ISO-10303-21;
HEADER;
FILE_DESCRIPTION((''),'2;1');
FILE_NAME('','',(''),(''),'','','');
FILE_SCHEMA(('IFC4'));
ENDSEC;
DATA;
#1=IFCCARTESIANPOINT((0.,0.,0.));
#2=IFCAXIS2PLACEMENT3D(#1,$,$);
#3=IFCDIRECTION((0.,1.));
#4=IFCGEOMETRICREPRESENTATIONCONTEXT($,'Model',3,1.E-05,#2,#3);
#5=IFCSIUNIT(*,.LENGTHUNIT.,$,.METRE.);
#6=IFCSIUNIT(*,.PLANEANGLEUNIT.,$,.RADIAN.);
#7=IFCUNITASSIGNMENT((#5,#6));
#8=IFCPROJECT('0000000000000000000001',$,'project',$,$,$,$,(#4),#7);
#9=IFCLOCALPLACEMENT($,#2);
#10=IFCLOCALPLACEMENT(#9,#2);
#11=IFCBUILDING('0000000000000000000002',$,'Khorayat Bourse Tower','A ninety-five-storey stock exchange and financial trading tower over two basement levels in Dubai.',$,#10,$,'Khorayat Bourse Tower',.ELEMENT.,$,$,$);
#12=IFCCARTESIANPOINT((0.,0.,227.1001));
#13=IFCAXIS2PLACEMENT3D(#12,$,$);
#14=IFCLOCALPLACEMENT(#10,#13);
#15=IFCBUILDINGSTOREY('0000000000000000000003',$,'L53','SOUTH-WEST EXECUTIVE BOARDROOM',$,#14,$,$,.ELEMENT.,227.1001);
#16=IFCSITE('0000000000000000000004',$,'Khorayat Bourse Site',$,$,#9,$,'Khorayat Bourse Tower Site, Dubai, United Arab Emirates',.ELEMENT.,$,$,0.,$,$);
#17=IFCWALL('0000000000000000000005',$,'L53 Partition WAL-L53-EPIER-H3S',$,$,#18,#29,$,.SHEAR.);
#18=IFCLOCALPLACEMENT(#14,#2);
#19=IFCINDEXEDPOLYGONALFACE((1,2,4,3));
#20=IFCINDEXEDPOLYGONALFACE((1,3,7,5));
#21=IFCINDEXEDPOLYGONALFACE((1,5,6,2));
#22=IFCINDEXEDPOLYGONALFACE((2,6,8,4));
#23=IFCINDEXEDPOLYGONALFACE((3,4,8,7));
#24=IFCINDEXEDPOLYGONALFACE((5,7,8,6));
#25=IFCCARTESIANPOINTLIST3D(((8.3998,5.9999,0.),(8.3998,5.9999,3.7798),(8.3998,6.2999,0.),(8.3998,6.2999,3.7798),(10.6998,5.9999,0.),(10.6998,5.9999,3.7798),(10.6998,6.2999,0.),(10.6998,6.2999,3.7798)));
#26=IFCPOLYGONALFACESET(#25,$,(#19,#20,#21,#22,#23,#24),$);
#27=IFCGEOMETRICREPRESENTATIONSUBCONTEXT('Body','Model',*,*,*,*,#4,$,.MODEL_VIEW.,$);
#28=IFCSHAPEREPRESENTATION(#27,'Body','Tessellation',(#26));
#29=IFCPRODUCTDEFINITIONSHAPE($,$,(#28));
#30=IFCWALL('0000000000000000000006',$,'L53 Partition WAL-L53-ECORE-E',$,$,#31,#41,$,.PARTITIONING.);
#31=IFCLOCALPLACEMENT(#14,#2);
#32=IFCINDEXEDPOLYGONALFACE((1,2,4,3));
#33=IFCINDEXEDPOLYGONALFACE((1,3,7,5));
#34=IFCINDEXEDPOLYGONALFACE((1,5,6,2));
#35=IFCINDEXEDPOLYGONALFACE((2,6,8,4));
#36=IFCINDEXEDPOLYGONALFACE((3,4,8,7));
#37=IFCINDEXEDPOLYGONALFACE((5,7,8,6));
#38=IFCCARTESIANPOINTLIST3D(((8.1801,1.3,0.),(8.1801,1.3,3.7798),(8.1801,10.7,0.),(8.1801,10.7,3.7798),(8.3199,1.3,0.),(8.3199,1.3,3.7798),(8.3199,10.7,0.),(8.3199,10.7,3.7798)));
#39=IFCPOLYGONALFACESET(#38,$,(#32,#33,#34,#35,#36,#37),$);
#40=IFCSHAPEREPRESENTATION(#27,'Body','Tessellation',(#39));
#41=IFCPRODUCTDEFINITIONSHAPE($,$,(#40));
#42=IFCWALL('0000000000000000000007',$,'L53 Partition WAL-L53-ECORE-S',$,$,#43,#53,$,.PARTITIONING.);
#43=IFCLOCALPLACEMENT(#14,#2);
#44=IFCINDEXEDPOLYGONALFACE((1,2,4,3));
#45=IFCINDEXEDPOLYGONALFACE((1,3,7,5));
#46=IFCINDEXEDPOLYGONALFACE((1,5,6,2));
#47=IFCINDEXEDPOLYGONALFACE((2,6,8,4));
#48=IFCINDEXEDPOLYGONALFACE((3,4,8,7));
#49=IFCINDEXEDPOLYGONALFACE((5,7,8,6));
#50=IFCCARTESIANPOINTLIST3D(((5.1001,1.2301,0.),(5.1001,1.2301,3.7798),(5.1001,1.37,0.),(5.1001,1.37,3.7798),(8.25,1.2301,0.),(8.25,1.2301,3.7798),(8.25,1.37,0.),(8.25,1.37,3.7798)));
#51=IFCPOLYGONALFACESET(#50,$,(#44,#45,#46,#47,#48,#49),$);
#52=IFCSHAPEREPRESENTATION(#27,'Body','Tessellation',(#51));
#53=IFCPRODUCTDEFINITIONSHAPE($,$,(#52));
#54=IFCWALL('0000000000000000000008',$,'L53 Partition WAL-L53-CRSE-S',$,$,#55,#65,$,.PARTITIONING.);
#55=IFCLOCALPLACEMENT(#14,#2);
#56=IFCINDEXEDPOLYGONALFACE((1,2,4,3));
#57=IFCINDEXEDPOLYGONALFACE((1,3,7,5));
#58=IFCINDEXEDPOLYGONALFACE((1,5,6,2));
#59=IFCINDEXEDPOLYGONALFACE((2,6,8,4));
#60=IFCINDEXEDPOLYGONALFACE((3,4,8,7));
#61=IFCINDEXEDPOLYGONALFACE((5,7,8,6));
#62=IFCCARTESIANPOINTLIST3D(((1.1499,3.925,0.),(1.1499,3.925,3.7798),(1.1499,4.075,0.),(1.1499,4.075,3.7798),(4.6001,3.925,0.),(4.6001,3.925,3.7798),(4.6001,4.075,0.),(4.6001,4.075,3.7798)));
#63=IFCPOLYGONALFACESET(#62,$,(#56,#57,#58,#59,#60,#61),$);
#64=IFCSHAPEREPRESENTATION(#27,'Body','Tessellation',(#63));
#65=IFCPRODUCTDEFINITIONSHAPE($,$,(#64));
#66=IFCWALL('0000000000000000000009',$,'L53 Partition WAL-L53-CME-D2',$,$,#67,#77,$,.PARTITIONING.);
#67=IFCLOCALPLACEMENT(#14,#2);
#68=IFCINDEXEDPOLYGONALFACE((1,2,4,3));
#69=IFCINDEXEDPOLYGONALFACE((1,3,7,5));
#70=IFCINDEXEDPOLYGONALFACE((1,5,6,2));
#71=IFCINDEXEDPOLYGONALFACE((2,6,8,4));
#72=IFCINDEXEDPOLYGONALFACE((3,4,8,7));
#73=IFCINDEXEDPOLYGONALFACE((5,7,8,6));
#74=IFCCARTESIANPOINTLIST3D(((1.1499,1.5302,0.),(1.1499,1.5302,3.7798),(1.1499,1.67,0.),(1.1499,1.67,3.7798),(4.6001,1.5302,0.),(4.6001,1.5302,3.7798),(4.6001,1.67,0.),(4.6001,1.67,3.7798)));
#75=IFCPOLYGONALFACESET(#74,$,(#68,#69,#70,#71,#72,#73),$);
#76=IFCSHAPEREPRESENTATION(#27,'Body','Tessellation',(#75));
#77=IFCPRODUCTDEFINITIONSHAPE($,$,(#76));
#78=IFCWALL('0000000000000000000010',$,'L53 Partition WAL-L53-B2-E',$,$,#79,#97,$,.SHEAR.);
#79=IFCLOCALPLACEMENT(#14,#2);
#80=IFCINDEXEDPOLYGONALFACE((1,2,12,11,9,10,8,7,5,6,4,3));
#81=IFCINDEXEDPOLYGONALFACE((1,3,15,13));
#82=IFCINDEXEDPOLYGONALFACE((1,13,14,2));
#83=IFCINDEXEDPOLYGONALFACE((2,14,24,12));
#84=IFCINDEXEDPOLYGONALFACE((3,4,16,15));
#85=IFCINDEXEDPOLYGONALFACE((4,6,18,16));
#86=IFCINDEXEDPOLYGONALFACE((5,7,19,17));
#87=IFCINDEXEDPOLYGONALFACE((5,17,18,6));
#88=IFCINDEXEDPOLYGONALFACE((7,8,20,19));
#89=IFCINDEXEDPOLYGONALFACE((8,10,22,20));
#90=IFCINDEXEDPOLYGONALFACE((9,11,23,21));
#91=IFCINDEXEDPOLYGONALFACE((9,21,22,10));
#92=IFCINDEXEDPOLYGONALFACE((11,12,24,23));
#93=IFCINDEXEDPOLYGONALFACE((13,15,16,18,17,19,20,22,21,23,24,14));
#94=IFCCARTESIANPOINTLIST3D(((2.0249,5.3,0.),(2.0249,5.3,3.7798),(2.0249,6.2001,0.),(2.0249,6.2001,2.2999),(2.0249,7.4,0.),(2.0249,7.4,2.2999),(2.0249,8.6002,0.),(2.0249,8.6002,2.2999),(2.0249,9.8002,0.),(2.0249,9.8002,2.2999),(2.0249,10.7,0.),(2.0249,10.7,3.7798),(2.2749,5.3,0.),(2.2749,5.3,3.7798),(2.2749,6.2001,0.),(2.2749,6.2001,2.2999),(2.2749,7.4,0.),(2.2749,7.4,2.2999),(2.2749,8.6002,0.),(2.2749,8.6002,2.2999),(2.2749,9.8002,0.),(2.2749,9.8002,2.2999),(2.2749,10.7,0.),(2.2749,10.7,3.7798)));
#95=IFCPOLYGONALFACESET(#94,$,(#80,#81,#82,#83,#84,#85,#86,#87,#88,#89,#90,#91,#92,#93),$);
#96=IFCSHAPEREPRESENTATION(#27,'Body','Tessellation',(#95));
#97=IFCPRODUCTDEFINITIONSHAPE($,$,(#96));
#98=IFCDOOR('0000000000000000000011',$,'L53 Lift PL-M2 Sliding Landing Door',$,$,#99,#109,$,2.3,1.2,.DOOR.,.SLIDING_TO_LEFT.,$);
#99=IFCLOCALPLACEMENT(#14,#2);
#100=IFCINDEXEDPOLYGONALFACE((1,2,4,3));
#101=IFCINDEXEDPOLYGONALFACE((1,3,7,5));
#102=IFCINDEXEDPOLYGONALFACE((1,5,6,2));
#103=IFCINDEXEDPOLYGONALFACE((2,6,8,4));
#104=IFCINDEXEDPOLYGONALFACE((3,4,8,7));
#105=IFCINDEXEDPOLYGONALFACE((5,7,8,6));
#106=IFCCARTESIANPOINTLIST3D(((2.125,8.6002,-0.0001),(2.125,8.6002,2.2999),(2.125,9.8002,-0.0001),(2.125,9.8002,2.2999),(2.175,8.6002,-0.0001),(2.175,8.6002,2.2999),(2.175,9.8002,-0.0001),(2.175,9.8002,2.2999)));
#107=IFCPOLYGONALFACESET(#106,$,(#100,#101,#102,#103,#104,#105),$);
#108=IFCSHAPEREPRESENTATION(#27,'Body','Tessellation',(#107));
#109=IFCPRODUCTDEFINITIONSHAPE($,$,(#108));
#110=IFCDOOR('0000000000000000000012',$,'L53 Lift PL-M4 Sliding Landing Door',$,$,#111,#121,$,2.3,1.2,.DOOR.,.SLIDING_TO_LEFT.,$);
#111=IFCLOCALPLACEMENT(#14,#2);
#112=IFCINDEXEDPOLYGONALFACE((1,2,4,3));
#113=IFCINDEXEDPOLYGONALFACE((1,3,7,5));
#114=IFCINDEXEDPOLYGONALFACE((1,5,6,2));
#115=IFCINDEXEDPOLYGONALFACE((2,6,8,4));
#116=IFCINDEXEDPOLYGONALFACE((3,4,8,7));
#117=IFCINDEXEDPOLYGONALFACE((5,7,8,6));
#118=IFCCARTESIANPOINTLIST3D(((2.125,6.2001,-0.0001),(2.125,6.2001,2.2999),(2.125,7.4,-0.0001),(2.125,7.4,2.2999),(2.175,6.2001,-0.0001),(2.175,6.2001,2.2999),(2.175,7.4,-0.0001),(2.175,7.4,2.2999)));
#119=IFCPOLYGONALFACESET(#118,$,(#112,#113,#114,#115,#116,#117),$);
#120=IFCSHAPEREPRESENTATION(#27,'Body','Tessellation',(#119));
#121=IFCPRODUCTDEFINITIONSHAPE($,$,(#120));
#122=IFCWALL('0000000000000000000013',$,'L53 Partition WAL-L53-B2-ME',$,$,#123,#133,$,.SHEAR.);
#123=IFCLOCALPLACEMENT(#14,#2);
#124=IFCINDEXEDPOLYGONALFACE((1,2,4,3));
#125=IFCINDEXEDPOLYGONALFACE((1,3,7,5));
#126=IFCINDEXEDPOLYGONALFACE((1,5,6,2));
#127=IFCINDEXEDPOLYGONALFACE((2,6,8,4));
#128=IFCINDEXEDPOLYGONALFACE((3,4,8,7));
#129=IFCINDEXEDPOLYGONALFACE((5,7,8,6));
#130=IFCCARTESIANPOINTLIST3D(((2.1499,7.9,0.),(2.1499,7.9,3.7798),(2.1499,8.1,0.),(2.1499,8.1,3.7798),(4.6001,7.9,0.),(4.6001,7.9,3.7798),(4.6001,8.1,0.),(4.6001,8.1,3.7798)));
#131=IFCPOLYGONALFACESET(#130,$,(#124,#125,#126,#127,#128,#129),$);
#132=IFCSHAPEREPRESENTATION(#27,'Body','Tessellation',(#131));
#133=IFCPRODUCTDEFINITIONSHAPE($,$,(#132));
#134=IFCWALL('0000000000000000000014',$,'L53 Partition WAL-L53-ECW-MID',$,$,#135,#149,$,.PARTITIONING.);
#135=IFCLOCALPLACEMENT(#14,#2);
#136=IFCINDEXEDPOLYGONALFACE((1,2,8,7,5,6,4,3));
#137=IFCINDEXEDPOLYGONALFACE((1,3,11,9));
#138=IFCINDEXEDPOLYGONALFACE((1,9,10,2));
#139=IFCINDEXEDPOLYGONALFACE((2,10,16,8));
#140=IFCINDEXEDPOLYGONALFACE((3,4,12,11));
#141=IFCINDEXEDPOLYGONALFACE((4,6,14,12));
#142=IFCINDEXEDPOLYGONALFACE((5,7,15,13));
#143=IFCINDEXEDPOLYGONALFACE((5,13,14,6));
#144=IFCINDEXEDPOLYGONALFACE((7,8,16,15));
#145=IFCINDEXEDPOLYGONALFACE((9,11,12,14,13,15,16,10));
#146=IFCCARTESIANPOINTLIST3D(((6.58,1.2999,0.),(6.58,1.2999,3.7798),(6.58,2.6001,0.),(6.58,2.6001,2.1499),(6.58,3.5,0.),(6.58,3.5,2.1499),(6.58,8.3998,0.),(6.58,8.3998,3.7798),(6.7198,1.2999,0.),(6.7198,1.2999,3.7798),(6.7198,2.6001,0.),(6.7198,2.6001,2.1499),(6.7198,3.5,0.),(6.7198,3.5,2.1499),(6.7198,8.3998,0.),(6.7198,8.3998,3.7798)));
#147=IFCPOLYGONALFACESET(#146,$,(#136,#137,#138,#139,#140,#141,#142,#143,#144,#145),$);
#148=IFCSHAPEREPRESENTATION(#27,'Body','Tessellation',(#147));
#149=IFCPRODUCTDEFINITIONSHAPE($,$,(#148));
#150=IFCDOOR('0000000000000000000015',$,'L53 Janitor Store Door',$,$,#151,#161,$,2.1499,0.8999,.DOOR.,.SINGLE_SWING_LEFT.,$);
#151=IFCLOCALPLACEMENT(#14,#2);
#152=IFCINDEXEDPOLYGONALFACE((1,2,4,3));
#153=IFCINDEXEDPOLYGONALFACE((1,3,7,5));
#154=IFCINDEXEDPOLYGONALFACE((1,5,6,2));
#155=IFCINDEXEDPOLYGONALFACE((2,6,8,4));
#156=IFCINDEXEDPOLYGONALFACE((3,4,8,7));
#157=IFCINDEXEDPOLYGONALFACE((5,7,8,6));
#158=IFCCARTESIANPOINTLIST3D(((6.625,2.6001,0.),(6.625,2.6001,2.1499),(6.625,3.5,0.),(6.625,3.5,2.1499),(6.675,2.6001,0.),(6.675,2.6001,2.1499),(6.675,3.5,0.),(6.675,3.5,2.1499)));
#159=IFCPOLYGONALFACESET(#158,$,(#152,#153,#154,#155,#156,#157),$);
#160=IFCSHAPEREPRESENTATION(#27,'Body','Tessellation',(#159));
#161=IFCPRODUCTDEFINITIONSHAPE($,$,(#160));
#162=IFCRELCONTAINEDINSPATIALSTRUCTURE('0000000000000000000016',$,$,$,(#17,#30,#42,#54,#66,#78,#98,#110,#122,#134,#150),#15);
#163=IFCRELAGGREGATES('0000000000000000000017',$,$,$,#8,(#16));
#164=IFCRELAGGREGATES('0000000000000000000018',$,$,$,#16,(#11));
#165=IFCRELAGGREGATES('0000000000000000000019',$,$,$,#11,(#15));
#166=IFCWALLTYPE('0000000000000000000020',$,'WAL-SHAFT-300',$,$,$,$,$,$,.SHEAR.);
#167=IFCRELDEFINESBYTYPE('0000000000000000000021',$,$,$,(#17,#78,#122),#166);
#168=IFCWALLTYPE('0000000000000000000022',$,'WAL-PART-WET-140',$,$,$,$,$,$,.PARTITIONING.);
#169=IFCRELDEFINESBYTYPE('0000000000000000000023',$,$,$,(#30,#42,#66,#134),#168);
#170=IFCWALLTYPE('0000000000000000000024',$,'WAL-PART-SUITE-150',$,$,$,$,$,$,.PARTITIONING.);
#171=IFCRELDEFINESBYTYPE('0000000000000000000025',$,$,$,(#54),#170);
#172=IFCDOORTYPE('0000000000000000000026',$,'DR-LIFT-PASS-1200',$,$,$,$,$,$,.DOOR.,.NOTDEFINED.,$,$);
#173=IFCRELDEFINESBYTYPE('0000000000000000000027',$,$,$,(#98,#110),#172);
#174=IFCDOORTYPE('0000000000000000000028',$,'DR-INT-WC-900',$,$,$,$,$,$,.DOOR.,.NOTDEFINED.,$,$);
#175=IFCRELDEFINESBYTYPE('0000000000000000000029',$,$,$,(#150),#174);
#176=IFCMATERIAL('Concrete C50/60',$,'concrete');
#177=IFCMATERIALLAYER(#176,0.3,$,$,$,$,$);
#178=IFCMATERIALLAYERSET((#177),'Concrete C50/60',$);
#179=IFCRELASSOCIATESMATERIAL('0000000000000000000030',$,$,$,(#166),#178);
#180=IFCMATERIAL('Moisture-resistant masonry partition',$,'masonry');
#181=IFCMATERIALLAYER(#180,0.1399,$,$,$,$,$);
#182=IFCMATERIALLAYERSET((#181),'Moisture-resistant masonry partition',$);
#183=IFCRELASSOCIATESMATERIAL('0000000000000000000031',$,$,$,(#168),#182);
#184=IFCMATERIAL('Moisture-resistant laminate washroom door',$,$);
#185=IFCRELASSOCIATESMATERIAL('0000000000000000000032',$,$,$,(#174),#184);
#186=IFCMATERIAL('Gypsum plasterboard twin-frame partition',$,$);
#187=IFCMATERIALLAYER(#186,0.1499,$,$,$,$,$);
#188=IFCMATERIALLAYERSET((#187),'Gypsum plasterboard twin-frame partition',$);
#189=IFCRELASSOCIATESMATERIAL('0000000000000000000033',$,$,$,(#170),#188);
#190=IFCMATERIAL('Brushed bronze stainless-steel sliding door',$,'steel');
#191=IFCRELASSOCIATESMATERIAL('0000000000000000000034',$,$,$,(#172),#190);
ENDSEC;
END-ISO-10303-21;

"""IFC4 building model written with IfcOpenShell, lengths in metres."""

from ifc_helpers import new_model, si_unit, direction, frame, frame_2d, origin, place, context, subcontext, project, spatial, rectangle, extrude, source, transform, mapped, material, layer, layer_set, type_object, element, fill, save


model = new_model("IFC4")

# Units and contexts
model_context = context("Model", 3, precision=1e-05, world=origin(), true_north=direction((0.0, 1.0)))
body_context = subcontext(model_context, "Body", "Model", "MODEL_VIEW")
ifc_project = project(units=[si_unit("LENGTHUNIT", "METRE"), si_unit("PLANEANGLEUNIT", "RADIAN")], contexts=[model_context])

# Site, building, storey
site_placement = place(None, origin())
site = spatial("IfcSite", under=ifc_project, at=site_placement, Name="Khorayat Bourse Site", LongName="Khorayat Bourse Tower Site, Dubai, United Arab Emirates", CompositionType="ELEMENT", RefElevation=0.0)
building_placement = place(site_placement, origin())
building = spatial("IfcBuilding", under=site, at=building_placement, Name="Khorayat Bourse Tower", Description="A ninety-five-storey stock exchange and financial trading tower over two basement levels in Dubai.", LongName="Khorayat Bourse Tower", CompositionType="ELEMENT")
storey_placement = place(building_placement, frame((0.0, 0.0, 227.1001)))
storey = spatial("IfcBuildingStorey", under=building, at=storey_placement, Name="L53", Description="SOUTH-WEST EXECUTIVE BOARDROOM", CompositionType="ELEMENT", Elevation=227.1001)

# Walls
ifc_material_1 = material(Name="Concrete C50/60", Category="concrete")
ifc_layer_1 = layer(ifc_material_1, 0.3)
ifc_layer_set_1 = layer_set([ifc_layer_1], Name="Concrete C50/60")
wall_type_1 = type_object("IfcWallType", Name="WAL-SHAFT-300", PredefinedType="SHEAR", material=ifc_layer_set_1)
shared_shape_1 = source(origin(), body_context, "Body", "SweptSolid", [
    extrude(rectangle(XDim=2.3, YDim=0.3, at=frame_2d((1.1499, 0.0))), origin(), (0.0, 0.0, 1.0), 3.7798),
])
for number, where, z_axis, x_axis, name in (
    (1, (8.3999, 6.1499, 0.0), (0.0, 0.0, 1.0), (1.0, 0.0, 0.0), "L53 Partition WAL-L53-EPIER-H3S"),
):
    element("IfcWall", number, at=place(storey_placement, frame(where, z_axis=z_axis, x_axis=x_axis)), inside=storey, type_object=wall_type_1, Name=name, PredefinedType="SHEAR", context=body_context, shape_type="MappedRepresentation", body=[
        mapped(shared_shape_1, transform((0.0, 0.0, 0.0), scale=1.0)),
    ])
ifc_material_2 = material(Name="Moisture-resistant masonry partition", Category="masonry")
ifc_layer_2 = layer(ifc_material_2, 0.1399)
ifc_layer_set_2 = layer_set([ifc_layer_2], Name="Moisture-resistant masonry partition")
wall_type_2 = type_object("IfcWallType", Name="WAL-PART-WET-140", PredefinedType="PARTITIONING", material=ifc_layer_set_2)
shared_shape_2 = source(origin(), body_context, "Body", "SweptSolid", [
    extrude(rectangle(XDim=9.3999, YDim=0.1399, at=frame_2d((4.7, 0.0))), origin(), (0.0, 0.0, 1.0), 3.7798),
])
wall_1_placement = place(storey_placement, frame((8.25, 1.3, 0.0), z_axis=(0.0, 0.0, 1.0), x_axis=(0.0, 1.0, 0.0)))
element("IfcWall", 2, at=wall_1_placement, inside=storey, type_object=wall_type_2, Name="L53 Partition WAL-L53-ECORE-E", PredefinedType="PARTITIONING", context=body_context, shape_type="MappedRepresentation", body=[
    mapped(shared_shape_2, transform((0.0, 0.0, 0.0), scale=1.0)),
])
shared_shape_3 = source(origin(), body_context, "Body", "SweptSolid", [
    extrude(rectangle(XDim=3.1499, YDim=0.1399, at=frame_2d((1.575, 0.0))), origin(), (0.0, 0.0, 1.0), 3.7798),
])
wall_2_placement = place(storey_placement, frame((5.1001, 1.3, 0.0), z_axis=(0.0, 0.0, 1.0), x_axis=(1.0, 0.0, 0.0)))
element("IfcWall", 3, at=wall_2_placement, inside=storey, type_object=wall_type_2, Name="L53 Partition WAL-L53-ECORE-S", PredefinedType="PARTITIONING", context=body_context, shape_type="MappedRepresentation", body=[
    mapped(shared_shape_3, transform((0.0, 0.0, 0.0), scale=1.0)),
])

# Shared definitions
shared_shape_4 = source(origin(), body_context, "Body", "SweptSolid", [
    extrude(rectangle(XDim=0.8999, YDim=2.1499, at=frame_2d((0.45, 1.075))), frame((0.0, 0.0798, 0.0), z_axis=(0.0, -1.0, 0.0), x_axis=(1.0, 0.0, 0.0)), (0.0, 0.0, 1.0), 0.1599),
])
ifc_material_3 = material(Name="Moisture-resistant laminate washroom door")
door_type_1 = type_object("IfcDoorType", Name="DR-INT-WC-900", OperationType="NOTDEFINED", PredefinedType="DOOR", material=ifc_material_3)
shared_shape_5 = source(origin(), body_context, "Body", "SweptSolid", [
    extrude(rectangle(XDim=0.8999, YDim=2.1499, at=frame_2d((0.45, 1.075))), frame((0.0, 0.0249, 0.0), z_axis=(0.0, -1.0, 0.0), x_axis=(1.0, 0.0, 0.0)), (0.0, 0.0, 1.0), 0.05),
])

# Walls
ifc_material_4 = material(Name="Gypsum plasterboard twin-frame partition")
ifc_layer_3 = layer(ifc_material_4, 0.1499)
ifc_layer_set_3 = layer_set([ifc_layer_3], Name="Gypsum plasterboard twin-frame partition")
wall_type_3 = type_object("IfcWallType", Name="WAL-PART-SUITE-150", PredefinedType="PARTITIONING", material=ifc_layer_set_3)
shared_shape_6 = source(origin(), body_context, "Body", "SweptSolid", [
    extrude(rectangle(XDim=3.4502, YDim=0.1499, at=frame_2d((1.7251, 0.0))), origin(), (0.0, 0.0, 1.0), 3.7798),
])
wall_3_placement = place(storey_placement, frame((1.1499, 4.0, 0.0), z_axis=(0.0, 0.0, 1.0), x_axis=(1.0, 0.0, 0.0)))
element("IfcWall", 4, at=wall_3_placement, inside=storey, type_object=wall_type_3, Name="L53 Partition WAL-L53-CRSE-S", PredefinedType="PARTITIONING", context=body_context, shape_type="MappedRepresentation", body=[
    mapped(shared_shape_6, transform((0.0, 0.0, 0.0), scale=1.0)),
])
shared_shape_7 = source(origin(), body_context, "Body", "SweptSolid", [
    extrude(rectangle(XDim=3.4502, YDim=0.1399, at=frame_2d((1.7251, 0.0))), origin(), (0.0, 0.0, 1.0), 3.7798),
])
wall_4_placement = place(storey_placement, frame((1.1499, 1.6001, 0.0), z_axis=(0.0, 0.0, 1.0), x_axis=(1.0, 0.0, 0.0)))
element("IfcWall", 5, at=wall_4_placement, inside=storey, type_object=wall_type_2, Name="L53 Partition WAL-L53-CME-D2", PredefinedType="PARTITIONING", context=body_context, shape_type="MappedRepresentation", body=[
    mapped(shared_shape_7, transform((0.0, 0.0, 0.0), scale=1.0)),
])

# Wall, openings, doors
shared_shape_8 = source(origin(), body_context, "Body", "SweptSolid", [
    extrude(rectangle(XDim=5.3999, YDim=0.25, at=frame_2d((2.7, 0.0))), origin(), (0.0, 0.0, 1.0), 3.7798),
])
wall_5_placement = place(storey_placement, frame((2.1499, 5.3, 0.0), z_axis=(0.0, 0.0, 1.0), x_axis=(0.0, 1.0, 0.0)))
wall_5 = element("IfcWall", 6, at=wall_5_placement, inside=storey, type_object=wall_type_1, Name="L53 Partition WAL-L53-B2-E", PredefinedType="SHEAR", context=body_context, shape_type="MappedRepresentation", body=[
    mapped(shared_shape_8, transform((0.0, 0.0, 0.0), scale=1.0)),
])
shared_shape_9 = source(origin(), body_context, "Body", "SweptSolid", [
    extrude(rectangle(XDim=1.2, YDim=2.3, at=frame_2d((0.6001, 1.1499))), frame((0.0, 0.135, 0.0), z_axis=(0.0, -1.0, 0.0), x_axis=(1.0, 0.0, 0.0)), (0.0, 0.0, 1.0), 0.27),
])
opening_1_placement = place(wall_5_placement, frame((3.3, 0.0, 0.0)))
opening_1 = element("IfcOpeningElement", 7, at=opening_1_placement, cuts=wall_5, PredefinedType="OPENING", context=body_context, shape_type="MappedRepresentation", body=[
    mapped(shared_shape_9, transform((0.0, 0.0, 0.0), scale=1.0)),
])
opening_2_placement = place(wall_5_placement, frame((0.8999, 0.0, 0.0)))
opening_2 = element("IfcOpeningElement", 8, at=opening_2_placement, cuts=wall_5, PredefinedType="OPENING", context=body_context, shape_type="MappedRepresentation", body=[
    mapped(shared_shape_9, transform((0.0, 0.0, 0.0), scale=1.0)),
])
ifc_material_5 = material(Name="Brushed bronze stainless-steel sliding door", Category="steel")
door_type_2 = type_object("IfcDoorType", Name="DR-LIFT-PASS-1200", OperationType="NOTDEFINED", PredefinedType="DOOR", material=ifc_material_5)
shared_shape_10 = source(origin(), body_context, "Body", "SweptSolid", [
    extrude(rectangle(XDim=1.2, YDim=2.3, at=frame_2d((0.6001, 1.1499))), frame((0.0, 0.0249, 0.0), z_axis=(0.0, -1.0, 0.0), x_axis=(1.0, 0.0, 0.0)), (0.0, 0.0, 1.0), 0.05),
])
door_1_placement = place(opening_1_placement, origin())
door_1 = element("IfcDoor", 9, at=door_1_placement, inside=storey, type_object=door_type_2, Name="L53 Lift PL-M2 Sliding Landing Door", OperationType="SLIDING_TO_LEFT", OverallHeight=2.3, OverallWidth=1.2, PredefinedType="DOOR", context=body_context, shape_type="MappedRepresentation", body=[
    mapped(shared_shape_10, transform((0.0, 0.0, 0.0), scale=1.0)),
])
fill(opening_1, door_1)
door_2_placement = place(opening_2_placement, origin())
door_2 = element("IfcDoor", 10, at=door_2_placement, inside=storey, type_object=door_type_2, Name="L53 Lift PL-M4 Sliding Landing Door", OperationType="SLIDING_TO_LEFT", OverallHeight=2.3, OverallWidth=1.2, PredefinedType="DOOR", context=body_context, shape_type="MappedRepresentation", body=[
    mapped(shared_shape_10, transform((0.0, 0.0, 0.0), scale=1.0)),
])
fill(opening_2, door_2)

# Wall
shared_shape_11 = source(origin(), body_context, "Body", "SweptSolid", [
    extrude(rectangle(XDim=2.4502, YDim=0.2, at=frame_2d((1.2251, 0.0))), origin(), (0.0, 0.0, 1.0), 3.7798),
])
wall_6_placement = place(storey_placement, frame((2.1499, 8.0, 0.0), z_axis=(0.0, 0.0, 1.0), x_axis=(1.0, 0.0, 0.0)))
element("IfcWall", 11, at=wall_6_placement, inside=storey, type_object=wall_type_1, Name="L53 Partition WAL-L53-B2-ME", PredefinedType="SHEAR", context=body_context, shape_type="MappedRepresentation", body=[
    mapped(shared_shape_11, transform((0.0, 0.0, 0.0), scale=1.0)),
])

# Wall, opening, door
shared_shape_12 = source(origin(), body_context, "Body", "SweptSolid", [
    extrude(rectangle(XDim=7.0999, YDim=0.1399, at=frame_2d((3.5498, 0.0))), origin(), (0.0, 0.0, 1.0), 3.7798),
])
wall_7_placement = place(storey_placement, frame((6.6499, 1.3, 0.0), z_axis=(0.0, 0.0, 1.0), x_axis=(0.0, 1.0, 0.0)))
wall_7 = element("IfcWall", 12, at=wall_7_placement, inside=storey, type_object=wall_type_2, Name="L53 Partition WAL-L53-ECW-MID", PredefinedType="PARTITIONING", context=body_context, shape_type="MappedRepresentation", body=[
    mapped(shared_shape_12, transform((0.0, 0.0, 0.0), scale=1.0)),
])
opening_3_placement = place(wall_7_placement, frame((1.3, 0.0, 0.0)))
opening_3 = element("IfcOpeningElement", 13, at=opening_3_placement, cuts=wall_7, PredefinedType="OPENING", context=body_context, shape_type="MappedRepresentation", body=[
    mapped(shared_shape_4, transform((0.0, 0.0, 0.0), scale=1.0)),
])
door_3_placement = place(opening_3_placement, origin())
door_3 = element("IfcDoor", 14, at=door_3_placement, inside=storey, type_object=door_type_1, Name="L53 Janitor Store Door", OperationType="SINGLE_SWING_LEFT", OverallHeight=2.1499, OverallWidth=0.8999, PredefinedType="DOOR", context=body_context, shape_type="MappedRepresentation", body=[
    mapped(shared_shape_5, transform((0.0, 0.0, 0.0), scale=1.0)),
])
fill(opening_3, door_3)

save(model, "model.ifc")
